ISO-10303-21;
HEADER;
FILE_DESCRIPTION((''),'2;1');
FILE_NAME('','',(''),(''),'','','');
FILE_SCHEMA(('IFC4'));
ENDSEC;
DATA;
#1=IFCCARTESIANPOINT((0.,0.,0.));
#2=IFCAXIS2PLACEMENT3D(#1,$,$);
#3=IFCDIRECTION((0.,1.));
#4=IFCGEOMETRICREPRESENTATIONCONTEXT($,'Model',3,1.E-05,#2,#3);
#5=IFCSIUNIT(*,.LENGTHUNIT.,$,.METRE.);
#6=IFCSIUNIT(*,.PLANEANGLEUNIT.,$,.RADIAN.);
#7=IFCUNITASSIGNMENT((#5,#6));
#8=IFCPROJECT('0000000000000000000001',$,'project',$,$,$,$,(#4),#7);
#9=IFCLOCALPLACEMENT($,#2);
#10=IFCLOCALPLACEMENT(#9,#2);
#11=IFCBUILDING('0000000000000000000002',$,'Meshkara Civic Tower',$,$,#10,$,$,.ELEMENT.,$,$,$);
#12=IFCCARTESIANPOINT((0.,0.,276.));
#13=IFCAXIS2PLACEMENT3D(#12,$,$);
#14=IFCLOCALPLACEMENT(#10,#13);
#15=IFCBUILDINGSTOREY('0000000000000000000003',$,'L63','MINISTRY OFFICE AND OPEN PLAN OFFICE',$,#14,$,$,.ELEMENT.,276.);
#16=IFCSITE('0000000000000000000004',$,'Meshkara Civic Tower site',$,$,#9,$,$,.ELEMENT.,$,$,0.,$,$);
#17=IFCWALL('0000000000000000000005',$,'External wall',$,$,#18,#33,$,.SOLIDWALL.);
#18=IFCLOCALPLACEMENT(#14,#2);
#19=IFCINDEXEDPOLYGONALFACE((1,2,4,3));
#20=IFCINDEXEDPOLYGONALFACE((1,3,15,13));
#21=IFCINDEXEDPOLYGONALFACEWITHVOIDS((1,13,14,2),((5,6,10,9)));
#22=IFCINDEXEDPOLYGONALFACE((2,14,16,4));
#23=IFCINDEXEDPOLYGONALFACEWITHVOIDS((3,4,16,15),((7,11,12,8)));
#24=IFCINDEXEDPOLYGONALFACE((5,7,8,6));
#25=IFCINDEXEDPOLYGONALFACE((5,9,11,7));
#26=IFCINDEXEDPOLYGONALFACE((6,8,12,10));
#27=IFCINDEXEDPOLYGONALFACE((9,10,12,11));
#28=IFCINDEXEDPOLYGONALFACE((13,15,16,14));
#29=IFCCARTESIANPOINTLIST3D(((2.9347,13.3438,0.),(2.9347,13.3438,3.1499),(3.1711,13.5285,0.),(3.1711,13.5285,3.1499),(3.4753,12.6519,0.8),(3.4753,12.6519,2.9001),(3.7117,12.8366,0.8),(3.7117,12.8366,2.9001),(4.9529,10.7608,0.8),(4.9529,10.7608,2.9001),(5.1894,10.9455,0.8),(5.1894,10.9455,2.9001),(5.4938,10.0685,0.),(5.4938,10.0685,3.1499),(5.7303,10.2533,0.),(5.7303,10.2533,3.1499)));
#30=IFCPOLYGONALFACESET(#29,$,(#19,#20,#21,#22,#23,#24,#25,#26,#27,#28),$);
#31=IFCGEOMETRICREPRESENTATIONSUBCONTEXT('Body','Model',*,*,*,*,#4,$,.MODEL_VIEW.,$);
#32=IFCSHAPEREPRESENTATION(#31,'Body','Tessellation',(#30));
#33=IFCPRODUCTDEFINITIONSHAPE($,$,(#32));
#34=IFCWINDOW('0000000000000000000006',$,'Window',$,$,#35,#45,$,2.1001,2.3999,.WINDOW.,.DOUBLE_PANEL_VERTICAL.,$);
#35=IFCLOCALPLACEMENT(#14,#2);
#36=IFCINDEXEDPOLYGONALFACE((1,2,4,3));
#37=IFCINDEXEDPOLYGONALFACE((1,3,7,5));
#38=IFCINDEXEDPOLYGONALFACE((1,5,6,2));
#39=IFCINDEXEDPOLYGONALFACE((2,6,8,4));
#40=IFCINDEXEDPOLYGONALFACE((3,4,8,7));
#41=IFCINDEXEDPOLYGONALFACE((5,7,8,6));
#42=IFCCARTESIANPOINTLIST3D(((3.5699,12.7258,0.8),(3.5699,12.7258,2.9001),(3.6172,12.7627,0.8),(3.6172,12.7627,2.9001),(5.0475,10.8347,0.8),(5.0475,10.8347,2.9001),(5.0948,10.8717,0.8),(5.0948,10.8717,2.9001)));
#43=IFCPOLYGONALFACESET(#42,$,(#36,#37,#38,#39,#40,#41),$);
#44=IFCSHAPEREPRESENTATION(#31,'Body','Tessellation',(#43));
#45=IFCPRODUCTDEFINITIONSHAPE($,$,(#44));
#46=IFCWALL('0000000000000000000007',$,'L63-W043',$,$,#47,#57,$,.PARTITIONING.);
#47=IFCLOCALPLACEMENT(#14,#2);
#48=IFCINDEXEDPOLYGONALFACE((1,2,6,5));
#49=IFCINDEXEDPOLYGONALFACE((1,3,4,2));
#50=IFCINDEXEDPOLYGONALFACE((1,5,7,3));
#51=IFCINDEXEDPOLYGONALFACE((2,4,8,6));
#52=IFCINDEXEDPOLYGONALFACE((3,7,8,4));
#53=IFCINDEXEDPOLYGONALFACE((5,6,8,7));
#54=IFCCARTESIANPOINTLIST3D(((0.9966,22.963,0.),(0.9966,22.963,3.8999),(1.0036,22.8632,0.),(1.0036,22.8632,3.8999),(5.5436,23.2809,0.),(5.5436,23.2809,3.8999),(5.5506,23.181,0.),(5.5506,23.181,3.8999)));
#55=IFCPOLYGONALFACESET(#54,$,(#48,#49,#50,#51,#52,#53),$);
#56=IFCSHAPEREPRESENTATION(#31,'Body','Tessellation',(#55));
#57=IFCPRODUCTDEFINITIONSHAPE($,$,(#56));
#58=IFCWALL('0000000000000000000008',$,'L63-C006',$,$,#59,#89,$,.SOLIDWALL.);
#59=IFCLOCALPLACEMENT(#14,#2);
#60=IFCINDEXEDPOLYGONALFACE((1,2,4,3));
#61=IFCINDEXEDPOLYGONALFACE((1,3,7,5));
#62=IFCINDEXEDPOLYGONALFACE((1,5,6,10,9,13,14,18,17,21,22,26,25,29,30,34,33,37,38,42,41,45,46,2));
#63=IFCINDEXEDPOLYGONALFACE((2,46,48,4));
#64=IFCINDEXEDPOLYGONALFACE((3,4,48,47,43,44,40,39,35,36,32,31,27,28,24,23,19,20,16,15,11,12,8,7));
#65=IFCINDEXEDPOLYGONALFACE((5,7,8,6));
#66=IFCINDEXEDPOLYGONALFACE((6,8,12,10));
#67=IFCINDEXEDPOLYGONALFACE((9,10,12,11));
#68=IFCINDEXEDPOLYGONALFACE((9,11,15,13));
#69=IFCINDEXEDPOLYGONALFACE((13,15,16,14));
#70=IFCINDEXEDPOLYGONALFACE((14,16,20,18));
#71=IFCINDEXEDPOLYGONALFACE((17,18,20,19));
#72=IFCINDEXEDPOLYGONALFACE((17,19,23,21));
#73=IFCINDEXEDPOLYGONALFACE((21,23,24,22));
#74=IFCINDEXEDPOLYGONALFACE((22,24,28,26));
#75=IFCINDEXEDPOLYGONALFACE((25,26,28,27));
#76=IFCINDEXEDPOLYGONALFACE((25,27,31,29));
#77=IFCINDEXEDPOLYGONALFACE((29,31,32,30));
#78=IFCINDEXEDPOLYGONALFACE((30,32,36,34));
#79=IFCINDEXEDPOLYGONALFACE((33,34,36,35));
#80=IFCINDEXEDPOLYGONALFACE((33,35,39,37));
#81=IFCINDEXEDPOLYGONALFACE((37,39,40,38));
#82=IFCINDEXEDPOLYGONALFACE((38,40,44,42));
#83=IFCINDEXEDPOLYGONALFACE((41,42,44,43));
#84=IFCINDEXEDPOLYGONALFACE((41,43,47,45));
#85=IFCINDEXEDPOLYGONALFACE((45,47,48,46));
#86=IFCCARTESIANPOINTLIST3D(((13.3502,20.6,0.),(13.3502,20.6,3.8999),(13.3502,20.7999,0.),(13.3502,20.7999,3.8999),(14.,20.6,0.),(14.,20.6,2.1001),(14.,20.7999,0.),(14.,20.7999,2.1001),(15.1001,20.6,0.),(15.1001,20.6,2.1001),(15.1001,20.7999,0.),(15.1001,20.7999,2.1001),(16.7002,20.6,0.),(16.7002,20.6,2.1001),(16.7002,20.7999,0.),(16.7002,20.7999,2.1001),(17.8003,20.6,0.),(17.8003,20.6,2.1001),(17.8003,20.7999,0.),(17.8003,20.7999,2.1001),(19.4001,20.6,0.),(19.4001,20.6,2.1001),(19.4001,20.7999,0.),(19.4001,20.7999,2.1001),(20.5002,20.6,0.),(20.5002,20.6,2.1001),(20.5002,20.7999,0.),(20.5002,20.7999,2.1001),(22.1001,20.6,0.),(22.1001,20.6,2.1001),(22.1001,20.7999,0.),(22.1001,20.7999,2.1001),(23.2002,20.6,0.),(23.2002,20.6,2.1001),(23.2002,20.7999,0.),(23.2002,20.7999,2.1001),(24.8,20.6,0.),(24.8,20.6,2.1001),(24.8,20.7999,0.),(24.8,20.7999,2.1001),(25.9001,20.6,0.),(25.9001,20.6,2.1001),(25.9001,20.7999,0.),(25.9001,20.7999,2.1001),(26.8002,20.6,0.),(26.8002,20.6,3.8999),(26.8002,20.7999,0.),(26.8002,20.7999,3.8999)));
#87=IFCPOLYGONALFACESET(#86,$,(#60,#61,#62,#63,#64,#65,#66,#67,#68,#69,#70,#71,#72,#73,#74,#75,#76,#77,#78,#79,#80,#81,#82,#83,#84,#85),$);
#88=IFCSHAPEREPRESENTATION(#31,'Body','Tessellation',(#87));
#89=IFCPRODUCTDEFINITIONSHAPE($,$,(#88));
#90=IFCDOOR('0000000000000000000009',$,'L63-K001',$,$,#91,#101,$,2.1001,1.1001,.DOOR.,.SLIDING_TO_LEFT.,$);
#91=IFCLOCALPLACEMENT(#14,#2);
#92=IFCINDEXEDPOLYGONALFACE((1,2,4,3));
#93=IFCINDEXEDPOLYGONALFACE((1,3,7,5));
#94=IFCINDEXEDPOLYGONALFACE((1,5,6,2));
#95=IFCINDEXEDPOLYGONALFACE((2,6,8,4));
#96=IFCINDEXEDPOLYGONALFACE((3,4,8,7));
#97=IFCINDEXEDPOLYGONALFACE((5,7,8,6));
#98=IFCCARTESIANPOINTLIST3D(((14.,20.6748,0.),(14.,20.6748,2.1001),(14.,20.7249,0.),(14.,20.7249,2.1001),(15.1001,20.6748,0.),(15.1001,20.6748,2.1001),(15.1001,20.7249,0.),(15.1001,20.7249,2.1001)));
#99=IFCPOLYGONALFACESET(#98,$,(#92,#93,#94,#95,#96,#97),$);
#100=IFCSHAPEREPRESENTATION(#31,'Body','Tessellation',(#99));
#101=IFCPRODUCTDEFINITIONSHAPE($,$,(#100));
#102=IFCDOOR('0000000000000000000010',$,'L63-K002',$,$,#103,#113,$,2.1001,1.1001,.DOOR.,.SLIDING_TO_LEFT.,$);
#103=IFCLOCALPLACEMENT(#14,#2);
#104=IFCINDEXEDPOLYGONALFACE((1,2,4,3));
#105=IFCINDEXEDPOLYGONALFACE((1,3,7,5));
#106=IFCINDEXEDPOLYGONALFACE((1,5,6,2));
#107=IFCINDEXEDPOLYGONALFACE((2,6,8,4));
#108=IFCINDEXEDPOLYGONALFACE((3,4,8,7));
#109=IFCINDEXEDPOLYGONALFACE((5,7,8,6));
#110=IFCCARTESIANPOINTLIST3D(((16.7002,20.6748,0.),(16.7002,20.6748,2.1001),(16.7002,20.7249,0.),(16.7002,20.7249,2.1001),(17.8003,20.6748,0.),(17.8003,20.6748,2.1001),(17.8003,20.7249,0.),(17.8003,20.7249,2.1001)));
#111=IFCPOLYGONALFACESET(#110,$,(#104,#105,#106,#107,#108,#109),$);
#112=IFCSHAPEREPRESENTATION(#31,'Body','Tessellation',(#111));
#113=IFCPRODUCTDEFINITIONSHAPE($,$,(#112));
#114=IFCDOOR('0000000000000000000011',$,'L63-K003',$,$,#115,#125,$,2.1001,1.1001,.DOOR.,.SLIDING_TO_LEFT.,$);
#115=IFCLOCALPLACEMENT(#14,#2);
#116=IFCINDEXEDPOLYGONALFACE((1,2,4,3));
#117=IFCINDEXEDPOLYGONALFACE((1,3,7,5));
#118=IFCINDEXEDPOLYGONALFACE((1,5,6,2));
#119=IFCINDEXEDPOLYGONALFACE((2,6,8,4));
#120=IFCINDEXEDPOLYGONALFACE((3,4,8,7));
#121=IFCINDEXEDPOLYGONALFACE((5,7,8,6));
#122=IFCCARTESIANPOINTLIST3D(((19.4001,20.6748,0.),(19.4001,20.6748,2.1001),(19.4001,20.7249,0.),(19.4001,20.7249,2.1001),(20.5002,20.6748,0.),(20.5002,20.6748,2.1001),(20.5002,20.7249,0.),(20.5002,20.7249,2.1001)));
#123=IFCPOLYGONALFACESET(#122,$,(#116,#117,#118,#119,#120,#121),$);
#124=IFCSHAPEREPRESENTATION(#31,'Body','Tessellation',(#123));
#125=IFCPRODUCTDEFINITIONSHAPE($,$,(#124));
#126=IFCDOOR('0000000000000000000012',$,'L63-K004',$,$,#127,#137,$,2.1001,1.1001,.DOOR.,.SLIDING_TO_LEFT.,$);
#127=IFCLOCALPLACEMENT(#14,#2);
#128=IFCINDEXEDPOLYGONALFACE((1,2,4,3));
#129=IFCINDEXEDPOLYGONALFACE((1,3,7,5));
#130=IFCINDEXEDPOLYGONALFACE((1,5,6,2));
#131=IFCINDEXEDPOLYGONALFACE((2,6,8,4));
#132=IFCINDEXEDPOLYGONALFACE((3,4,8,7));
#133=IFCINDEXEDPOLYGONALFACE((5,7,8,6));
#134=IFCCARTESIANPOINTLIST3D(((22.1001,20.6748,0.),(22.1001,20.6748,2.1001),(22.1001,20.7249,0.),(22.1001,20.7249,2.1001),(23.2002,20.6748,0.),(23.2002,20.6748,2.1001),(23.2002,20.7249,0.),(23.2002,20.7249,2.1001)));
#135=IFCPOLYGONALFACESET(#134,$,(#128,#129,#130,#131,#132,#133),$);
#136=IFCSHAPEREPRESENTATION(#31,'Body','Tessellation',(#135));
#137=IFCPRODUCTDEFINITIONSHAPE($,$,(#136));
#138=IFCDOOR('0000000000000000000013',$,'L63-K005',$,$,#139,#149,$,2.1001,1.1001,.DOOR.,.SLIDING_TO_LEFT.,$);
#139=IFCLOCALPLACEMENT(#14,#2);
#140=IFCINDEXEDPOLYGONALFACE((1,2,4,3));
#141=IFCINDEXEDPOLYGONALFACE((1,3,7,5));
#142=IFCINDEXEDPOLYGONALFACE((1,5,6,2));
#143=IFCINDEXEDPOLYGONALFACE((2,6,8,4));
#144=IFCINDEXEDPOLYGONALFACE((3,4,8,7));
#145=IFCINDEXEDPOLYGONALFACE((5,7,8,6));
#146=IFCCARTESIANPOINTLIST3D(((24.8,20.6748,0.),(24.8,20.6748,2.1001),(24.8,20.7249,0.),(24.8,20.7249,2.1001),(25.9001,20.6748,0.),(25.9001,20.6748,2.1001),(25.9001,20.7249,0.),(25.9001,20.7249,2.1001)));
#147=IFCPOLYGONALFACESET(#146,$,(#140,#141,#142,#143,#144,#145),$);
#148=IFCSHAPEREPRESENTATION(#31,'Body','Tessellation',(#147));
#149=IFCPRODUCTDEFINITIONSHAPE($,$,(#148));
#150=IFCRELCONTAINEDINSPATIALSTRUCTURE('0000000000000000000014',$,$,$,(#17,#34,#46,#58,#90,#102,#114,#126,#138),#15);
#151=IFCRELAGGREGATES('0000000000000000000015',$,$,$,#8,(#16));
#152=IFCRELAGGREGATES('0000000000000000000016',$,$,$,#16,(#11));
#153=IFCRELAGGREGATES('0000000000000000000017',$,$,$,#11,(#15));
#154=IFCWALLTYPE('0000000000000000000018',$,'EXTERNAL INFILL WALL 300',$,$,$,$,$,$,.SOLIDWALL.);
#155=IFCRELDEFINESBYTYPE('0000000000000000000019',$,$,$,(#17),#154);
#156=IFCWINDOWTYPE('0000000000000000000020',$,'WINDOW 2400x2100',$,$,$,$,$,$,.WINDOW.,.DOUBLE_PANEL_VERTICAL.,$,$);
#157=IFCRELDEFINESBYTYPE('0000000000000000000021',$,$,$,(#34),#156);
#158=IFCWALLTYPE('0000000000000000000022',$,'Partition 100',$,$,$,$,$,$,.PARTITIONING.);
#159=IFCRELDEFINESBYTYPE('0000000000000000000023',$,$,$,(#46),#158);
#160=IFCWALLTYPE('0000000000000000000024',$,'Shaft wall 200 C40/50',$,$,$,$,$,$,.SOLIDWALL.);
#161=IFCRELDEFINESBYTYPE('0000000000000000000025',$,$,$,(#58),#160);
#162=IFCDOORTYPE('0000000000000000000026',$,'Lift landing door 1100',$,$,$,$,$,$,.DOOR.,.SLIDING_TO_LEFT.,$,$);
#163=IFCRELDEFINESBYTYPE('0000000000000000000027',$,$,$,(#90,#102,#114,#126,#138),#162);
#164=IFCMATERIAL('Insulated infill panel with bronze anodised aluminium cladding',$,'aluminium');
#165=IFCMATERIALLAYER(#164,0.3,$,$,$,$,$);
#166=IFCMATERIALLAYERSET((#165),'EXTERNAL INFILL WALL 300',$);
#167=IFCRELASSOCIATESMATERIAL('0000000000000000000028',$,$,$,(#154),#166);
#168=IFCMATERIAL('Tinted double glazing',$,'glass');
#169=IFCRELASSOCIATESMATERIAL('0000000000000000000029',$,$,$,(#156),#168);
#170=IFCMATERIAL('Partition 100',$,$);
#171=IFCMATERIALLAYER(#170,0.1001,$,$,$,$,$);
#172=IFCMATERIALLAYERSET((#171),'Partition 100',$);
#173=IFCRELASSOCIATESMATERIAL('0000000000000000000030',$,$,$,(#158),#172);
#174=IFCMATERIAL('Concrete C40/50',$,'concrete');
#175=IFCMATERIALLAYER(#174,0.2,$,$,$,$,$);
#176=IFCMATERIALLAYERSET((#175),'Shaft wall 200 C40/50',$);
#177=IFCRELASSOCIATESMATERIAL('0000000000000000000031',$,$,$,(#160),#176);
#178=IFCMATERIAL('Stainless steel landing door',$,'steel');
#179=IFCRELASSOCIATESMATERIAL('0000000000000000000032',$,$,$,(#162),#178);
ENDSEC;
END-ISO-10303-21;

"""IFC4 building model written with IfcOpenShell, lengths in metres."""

from ifc_helpers import new_model, si_unit, direction, frame, frame_2d, origin, place, context, subcontext, project, spatial, rectangle, extrude, material, layer, layer_set, type_object, element, fill, save


model = new_model("IFC4")

# Units and contexts
model_context = context("Model", 3, precision=1e-05, world=origin(), true_north=direction((0.0, 1.0)))
body_context = subcontext(model_context, "Body", "Model", "MODEL_VIEW")
ifc_project = project(units=[si_unit("LENGTHUNIT", "METRE"), si_unit("PLANEANGLEUNIT", "RADIAN")], contexts=[model_context])

# Site, building, storey
site_placement = place(None, origin())
site = spatial("IfcSite", under=ifc_project, at=site_placement, Name="Meshkara Civic Tower site", CompositionType="ELEMENT", RefElevation=0.0)
building_placement = place(site_placement, origin())
building = spatial("IfcBuilding", under=site, at=building_placement, Name="Meshkara Civic Tower", CompositionType="ELEMENT")
storey_placement = place(building_placement, frame((0.0, 0.0, 276.0)))
storey = spatial("IfcBuildingStorey", under=building, at=storey_placement, Name="L63", Description="MINISTRY OFFICE AND OPEN PLAN OFFICE", CompositionType="ELEMENT", Elevation=276.0)

# Wall, opening, window
ifc_material_1 = material(Name="Insulated infill panel with bronze anodised aluminium cladding", Category="aluminium")
ifc_layer_1 = layer(ifc_material_1, 0.3)
ifc_layer_set_1 = layer_set([ifc_layer_1], Name="EXTERNAL INFILL WALL 300")
wall_type_1 = type_object("IfcWallType", Name="EXTERNAL INFILL WALL 300", PredefinedType="SOLIDWALL", material=ifc_layer_set_1)
wall_1_placement = place(storey_placement, frame((3.053, 13.436, 0.0), z_axis=(0.0, 0.0, 1.0), x_axis=(0.6157, -0.787981, 0.0)))
wall_1 = element("IfcWall", 1, at=wall_1_placement, inside=storey, type_object=wall_type_1, Name="External wall", PredefinedType="SOLIDWALL", context=body_context, shape_type="SweptSolid", body=[
    extrude(rectangle(XDim=4.1565, YDim=0.3, at=frame_2d((2.0781, 0.0))), origin(), (0.0, 0.0, 1.0), 3.1499),
])
opening_1_placement = place(wall_1_placement, frame((0.8779, 0.0, 0.8)))
opening_1 = element("IfcOpeningElement", 2, at=opening_1_placement, cuts=wall_1, PredefinedType="OPENING", context=body_context, shape_type="SweptSolid", body=[
    extrude(rectangle(XDim=2.3999, YDim=2.1001, at=frame_2d((1.2, 1.05))), frame((0.0, 0.1599, 0.0), z_axis=(0.0, -1.0, 0.0), x_axis=(1.0, 0.0, 0.0)), (0.0, 0.0, 1.0), 0.3201),
])
ifc_material_2 = material(Name="Tinted double glazing", Category="glass")
window_type = type_object("IfcWindowType", Name="WINDOW 2400x2100", PartitioningType="DOUBLE_PANEL_VERTICAL", PredefinedType="WINDOW", material=ifc_material_2)
window_placement = place(opening_1_placement, origin())
window = element("IfcWindow", 3, at=window_placement, inside=storey, type_object=window_type, Name="Window", OverallHeight=2.1001, OverallWidth=2.3999, PartitioningType="DOUBLE_PANEL_VERTICAL", PredefinedType="WINDOW", context=body_context, shape_type="SweptSolid", body=[
    extrude(rectangle(XDim=2.3999, YDim=2.1001, at=frame_2d((1.2, 1.05))), frame((0.0, 0.03, 0.0), z_axis=(0.0, -1.0, 0.0), x_axis=(1.0, 0.0, 0.0)), (0.0, 0.0, 1.0), 0.0601),
])
fill(opening_1, window)

# Wall
ifc_material_3 = material(Name="Partition 100")
ifc_layer_2 = layer(ifc_material_3, 0.1001)
ifc_layer_set_2 = layer_set([ifc_layer_2], Name="Partition 100")
wall_type_2 = type_object("IfcWallType", Name="Partition 100", PredefinedType="PARTITIONING", material=ifc_layer_set_2)
wall_2_placement = place(storey_placement, frame((5.5471, 23.231, 0.0), z_axis=(0.0, 0.0, 1.0), x_axis=(-0.997565, -0.069736, 0.0)))
element("IfcWall", 4, at=wall_2_placement, inside=storey, type_object=wall_type_2, Name="L63-W043", PredefinedType="PARTITIONING", context=body_context, shape_type="SweptSolid", body=[
    extrude(rectangle(XDim=4.5581, YDim=0.1001, at=frame_2d((2.2791, 0.0))), origin(), (0.0, 0.0, 1.0), 3.8999),
])

# Wall, openings, doors
ifc_material_4 = material(Name="Concrete C40/50", Category="concrete")
ifc_layer_3 = layer(ifc_material_4, 0.2)
ifc_layer_set_3 = layer_set([ifc_layer_3], Name="Shaft wall 200 C40/50")
wall_type_3 = type_object("IfcWallType", Name="Shaft wall 200 C40/50", PredefinedType="SOLIDWALL", material=ifc_layer_set_3)
wall_3_placement = place(storey_placement, frame((13.3501, 20.7, 0.0), z_axis=(0.0, 0.0, 1.0), x_axis=(1.0, 0.0, 0.0)))
wall_3 = element("IfcWall", 5, at=wall_3_placement, inside=storey, type_object=wall_type_3, Name="L63-C006", PredefinedType="SOLIDWALL", context=body_context, shape_type="SweptSolid", body=[
    extrude(rectangle(XDim=13.45, YDim=0.2, at=frame_2d((6.7251, 0.0))), origin(), (0.0, 0.0, 1.0), 3.8999),
])
opening_2_placement = place(wall_3_placement, frame((0.6499, 0.0, 0.0)))
opening_2 = element("IfcOpeningElement", 6, at=opening_2_placement, cuts=wall_3, PredefinedType="OPENING", context=body_context, shape_type="SweptSolid", body=[
    extrude(rectangle(XDim=1.1001, YDim=2.1001, at=frame_2d((0.55, 1.05))), frame((0.0, 0.1099, 0.0), z_axis=(0.0, -1.0, 0.0), x_axis=(1.0, 0.0, 0.0)), (0.0, 0.0, 1.0), 0.22),
])
opening_3_placement = place(wall_3_placement, frame((3.3501, 0.0, 0.0)))
opening_3 = element("IfcOpeningElement", 7, at=opening_3_placement, cuts=wall_3, PredefinedType="OPENING", context=body_context, shape_type="SweptSolid", body=[
    extrude(rectangle(XDim=1.1001, YDim=2.1001, at=frame_2d((0.55, 1.05))), frame((0.0, 0.1099, 0.0), z_axis=(0.0, -1.0, 0.0), x_axis=(1.0, 0.0, 0.0)), (0.0, 0.0, 1.0), 0.22),
])
opening_4_placement = place(wall_3_placement, frame((6.05, 0.0, 0.0)))
opening_4 = element("IfcOpeningElement", 8, at=opening_4_placement, cuts=wall_3, PredefinedType="OPENING", context=body_context, shape_type="SweptSolid", body=[
    extrude(rectangle(XDim=1.1001, YDim=2.1001, at=frame_2d((0.55, 1.05))), frame((0.0, 0.1099, 0.0), z_axis=(0.0, -1.0, 0.0), x_axis=(1.0, 0.0, 0.0)), (0.0, 0.0, 1.0), 0.22),
])
opening_5_placement = place(wall_3_placement, frame((8.75, 0.0, 0.0)))
opening_5 = element("IfcOpeningElement", 9, at=opening_5_placement, cuts=wall_3, PredefinedType="OPENING", context=body_context, shape_type="SweptSolid", body=[
    extrude(rectangle(XDim=1.1001, YDim=2.1001, at=frame_2d((0.55, 1.05))), frame((0.0, 0.1099, 0.0), z_axis=(0.0, -1.0, 0.0), x_axis=(1.0, 0.0, 0.0)), (0.0, 0.0, 1.0), 0.22),
])
opening_6_placement = place(wall_3_placement, frame((11.45, 0.0, 0.0)))
opening_6 = element("IfcOpeningElement", 10, at=opening_6_placement, cuts=wall_3, PredefinedType="OPENING", context=body_context, shape_type="SweptSolid", body=[
    extrude(rectangle(XDim=1.1001, YDim=2.1001, at=frame_2d((0.55, 1.05))), frame((0.0, 0.1099, 0.0), z_axis=(0.0, -1.0, 0.0), x_axis=(1.0, 0.0, 0.0)), (0.0, 0.0, 1.0), 0.22),
])
ifc_material_5 = material(Name="Stainless steel landing door", Category="steel")
door_type_1 = type_object("IfcDoorType", Name="Lift landing door 1100", OperationType="SLIDING_TO_LEFT", PredefinedType="DOOR", material=ifc_material_5)
door_1_placement = place(opening_2_placement, origin())
door_1 = element("IfcDoor", 11, at=door_1_placement, inside=storey, type_object=door_type_1, Name="L63-K001", OperationType="SLIDING_TO_LEFT", OverallHeight=2.1001, OverallWidth=1.1001, PredefinedType="DOOR", context=body_context, shape_type="SweptSolid", body=[
    extrude(rectangle(XDim=1.1001, YDim=2.1001, at=frame_2d((0.55, 1.05))), frame((0.0, 0.0249, 0.0), z_axis=(0.0, -1.0, 0.0), x_axis=(1.0, 0.0, 0.0)), (0.0, 0.0, 1.0), 0.05),
])
fill(opening_2, door_1)
door_2_placement = place(opening_3_placement, origin())
door_2 = element("IfcDoor", 12, at=door_2_placement, inside=storey, type_object=door_type_1, Name="L63-K002", OperationType="SLIDING_TO_LEFT", OverallHeight=2.1001, OverallWidth=1.1001, PredefinedType="DOOR", context=body_context, shape_type="SweptSolid", body=[
    extrude(rectangle(XDim=1.1001, YDim=2.1001, at=frame_2d((0.55, 1.05))), frame((0.0, 0.0249, 0.0), z_axis=(0.0, -1.0, 0.0), x_axis=(1.0, 0.0, 0.0)), (0.0, 0.0, 1.0), 0.05),
])
fill(opening_3, door_2)
door_3_placement = place(opening_4_placement, origin())
door_3 = element("IfcDoor", 13, at=door_3_placement, inside=storey, type_object=door_type_1, Name="L63-K003", OperationType="SLIDING_TO_LEFT", OverallHeight=2.1001, OverallWidth=1.1001, PredefinedType="DOOR", context=body_context, shape_type="SweptSolid", body=[
    extrude(rectangle(XDim=1.1001, YDim=2.1001, at=frame_2d((0.55, 1.05))), frame((0.0, 0.0249, 0.0), z_axis=(0.0, -1.0, 0.0), x_axis=(1.0, 0.0, 0.0)), (0.0, 0.0, 1.0), 0.05),
])
fill(opening_4, door_3)
door_4_placement = place(opening_5_placement, origin())
door_4 = element("IfcDoor", 14, at=door_4_placement, inside=storey, type_object=door_type_1, Name="L63-K004", OperationType="SLIDING_TO_LEFT", OverallHeight=2.1001, OverallWidth=1.1001, PredefinedType="DOOR", context=body_context, shape_type="SweptSolid", body=[
    extrude(rectangle(XDim=1.1001, YDim=2.1001, at=frame_2d((0.55, 1.05))), frame((0.0, 0.0249, 0.0), z_axis=(0.0, -1.0, 0.0), x_axis=(1.0, 0.0, 0.0)), (0.0, 0.0, 1.0), 0.05),
])
fill(opening_5, door_4)
door_5_placement = place(opening_6_placement, origin())
door_5 = element("IfcDoor", 15, at=door_5_placement, inside=storey, type_object=door_type_1, Name="L63-K005", OperationType="SLIDING_TO_LEFT", OverallHeight=2.1001, OverallWidth=1.1001, PredefinedType="DOOR", context=body_context, shape_type="SweptSolid", body=[
    extrude(rectangle(XDim=1.1001, YDim=2.1001, at=frame_2d((0.55, 1.05))), frame((0.0, 0.0249, 0.0), z_axis=(0.0, -1.0, 0.0), x_axis=(1.0, 0.0, 0.0)), (0.0, 0.0, 1.0), 0.05),
])
fill(opening_6, door_5)

save(model, "model.ifc")
